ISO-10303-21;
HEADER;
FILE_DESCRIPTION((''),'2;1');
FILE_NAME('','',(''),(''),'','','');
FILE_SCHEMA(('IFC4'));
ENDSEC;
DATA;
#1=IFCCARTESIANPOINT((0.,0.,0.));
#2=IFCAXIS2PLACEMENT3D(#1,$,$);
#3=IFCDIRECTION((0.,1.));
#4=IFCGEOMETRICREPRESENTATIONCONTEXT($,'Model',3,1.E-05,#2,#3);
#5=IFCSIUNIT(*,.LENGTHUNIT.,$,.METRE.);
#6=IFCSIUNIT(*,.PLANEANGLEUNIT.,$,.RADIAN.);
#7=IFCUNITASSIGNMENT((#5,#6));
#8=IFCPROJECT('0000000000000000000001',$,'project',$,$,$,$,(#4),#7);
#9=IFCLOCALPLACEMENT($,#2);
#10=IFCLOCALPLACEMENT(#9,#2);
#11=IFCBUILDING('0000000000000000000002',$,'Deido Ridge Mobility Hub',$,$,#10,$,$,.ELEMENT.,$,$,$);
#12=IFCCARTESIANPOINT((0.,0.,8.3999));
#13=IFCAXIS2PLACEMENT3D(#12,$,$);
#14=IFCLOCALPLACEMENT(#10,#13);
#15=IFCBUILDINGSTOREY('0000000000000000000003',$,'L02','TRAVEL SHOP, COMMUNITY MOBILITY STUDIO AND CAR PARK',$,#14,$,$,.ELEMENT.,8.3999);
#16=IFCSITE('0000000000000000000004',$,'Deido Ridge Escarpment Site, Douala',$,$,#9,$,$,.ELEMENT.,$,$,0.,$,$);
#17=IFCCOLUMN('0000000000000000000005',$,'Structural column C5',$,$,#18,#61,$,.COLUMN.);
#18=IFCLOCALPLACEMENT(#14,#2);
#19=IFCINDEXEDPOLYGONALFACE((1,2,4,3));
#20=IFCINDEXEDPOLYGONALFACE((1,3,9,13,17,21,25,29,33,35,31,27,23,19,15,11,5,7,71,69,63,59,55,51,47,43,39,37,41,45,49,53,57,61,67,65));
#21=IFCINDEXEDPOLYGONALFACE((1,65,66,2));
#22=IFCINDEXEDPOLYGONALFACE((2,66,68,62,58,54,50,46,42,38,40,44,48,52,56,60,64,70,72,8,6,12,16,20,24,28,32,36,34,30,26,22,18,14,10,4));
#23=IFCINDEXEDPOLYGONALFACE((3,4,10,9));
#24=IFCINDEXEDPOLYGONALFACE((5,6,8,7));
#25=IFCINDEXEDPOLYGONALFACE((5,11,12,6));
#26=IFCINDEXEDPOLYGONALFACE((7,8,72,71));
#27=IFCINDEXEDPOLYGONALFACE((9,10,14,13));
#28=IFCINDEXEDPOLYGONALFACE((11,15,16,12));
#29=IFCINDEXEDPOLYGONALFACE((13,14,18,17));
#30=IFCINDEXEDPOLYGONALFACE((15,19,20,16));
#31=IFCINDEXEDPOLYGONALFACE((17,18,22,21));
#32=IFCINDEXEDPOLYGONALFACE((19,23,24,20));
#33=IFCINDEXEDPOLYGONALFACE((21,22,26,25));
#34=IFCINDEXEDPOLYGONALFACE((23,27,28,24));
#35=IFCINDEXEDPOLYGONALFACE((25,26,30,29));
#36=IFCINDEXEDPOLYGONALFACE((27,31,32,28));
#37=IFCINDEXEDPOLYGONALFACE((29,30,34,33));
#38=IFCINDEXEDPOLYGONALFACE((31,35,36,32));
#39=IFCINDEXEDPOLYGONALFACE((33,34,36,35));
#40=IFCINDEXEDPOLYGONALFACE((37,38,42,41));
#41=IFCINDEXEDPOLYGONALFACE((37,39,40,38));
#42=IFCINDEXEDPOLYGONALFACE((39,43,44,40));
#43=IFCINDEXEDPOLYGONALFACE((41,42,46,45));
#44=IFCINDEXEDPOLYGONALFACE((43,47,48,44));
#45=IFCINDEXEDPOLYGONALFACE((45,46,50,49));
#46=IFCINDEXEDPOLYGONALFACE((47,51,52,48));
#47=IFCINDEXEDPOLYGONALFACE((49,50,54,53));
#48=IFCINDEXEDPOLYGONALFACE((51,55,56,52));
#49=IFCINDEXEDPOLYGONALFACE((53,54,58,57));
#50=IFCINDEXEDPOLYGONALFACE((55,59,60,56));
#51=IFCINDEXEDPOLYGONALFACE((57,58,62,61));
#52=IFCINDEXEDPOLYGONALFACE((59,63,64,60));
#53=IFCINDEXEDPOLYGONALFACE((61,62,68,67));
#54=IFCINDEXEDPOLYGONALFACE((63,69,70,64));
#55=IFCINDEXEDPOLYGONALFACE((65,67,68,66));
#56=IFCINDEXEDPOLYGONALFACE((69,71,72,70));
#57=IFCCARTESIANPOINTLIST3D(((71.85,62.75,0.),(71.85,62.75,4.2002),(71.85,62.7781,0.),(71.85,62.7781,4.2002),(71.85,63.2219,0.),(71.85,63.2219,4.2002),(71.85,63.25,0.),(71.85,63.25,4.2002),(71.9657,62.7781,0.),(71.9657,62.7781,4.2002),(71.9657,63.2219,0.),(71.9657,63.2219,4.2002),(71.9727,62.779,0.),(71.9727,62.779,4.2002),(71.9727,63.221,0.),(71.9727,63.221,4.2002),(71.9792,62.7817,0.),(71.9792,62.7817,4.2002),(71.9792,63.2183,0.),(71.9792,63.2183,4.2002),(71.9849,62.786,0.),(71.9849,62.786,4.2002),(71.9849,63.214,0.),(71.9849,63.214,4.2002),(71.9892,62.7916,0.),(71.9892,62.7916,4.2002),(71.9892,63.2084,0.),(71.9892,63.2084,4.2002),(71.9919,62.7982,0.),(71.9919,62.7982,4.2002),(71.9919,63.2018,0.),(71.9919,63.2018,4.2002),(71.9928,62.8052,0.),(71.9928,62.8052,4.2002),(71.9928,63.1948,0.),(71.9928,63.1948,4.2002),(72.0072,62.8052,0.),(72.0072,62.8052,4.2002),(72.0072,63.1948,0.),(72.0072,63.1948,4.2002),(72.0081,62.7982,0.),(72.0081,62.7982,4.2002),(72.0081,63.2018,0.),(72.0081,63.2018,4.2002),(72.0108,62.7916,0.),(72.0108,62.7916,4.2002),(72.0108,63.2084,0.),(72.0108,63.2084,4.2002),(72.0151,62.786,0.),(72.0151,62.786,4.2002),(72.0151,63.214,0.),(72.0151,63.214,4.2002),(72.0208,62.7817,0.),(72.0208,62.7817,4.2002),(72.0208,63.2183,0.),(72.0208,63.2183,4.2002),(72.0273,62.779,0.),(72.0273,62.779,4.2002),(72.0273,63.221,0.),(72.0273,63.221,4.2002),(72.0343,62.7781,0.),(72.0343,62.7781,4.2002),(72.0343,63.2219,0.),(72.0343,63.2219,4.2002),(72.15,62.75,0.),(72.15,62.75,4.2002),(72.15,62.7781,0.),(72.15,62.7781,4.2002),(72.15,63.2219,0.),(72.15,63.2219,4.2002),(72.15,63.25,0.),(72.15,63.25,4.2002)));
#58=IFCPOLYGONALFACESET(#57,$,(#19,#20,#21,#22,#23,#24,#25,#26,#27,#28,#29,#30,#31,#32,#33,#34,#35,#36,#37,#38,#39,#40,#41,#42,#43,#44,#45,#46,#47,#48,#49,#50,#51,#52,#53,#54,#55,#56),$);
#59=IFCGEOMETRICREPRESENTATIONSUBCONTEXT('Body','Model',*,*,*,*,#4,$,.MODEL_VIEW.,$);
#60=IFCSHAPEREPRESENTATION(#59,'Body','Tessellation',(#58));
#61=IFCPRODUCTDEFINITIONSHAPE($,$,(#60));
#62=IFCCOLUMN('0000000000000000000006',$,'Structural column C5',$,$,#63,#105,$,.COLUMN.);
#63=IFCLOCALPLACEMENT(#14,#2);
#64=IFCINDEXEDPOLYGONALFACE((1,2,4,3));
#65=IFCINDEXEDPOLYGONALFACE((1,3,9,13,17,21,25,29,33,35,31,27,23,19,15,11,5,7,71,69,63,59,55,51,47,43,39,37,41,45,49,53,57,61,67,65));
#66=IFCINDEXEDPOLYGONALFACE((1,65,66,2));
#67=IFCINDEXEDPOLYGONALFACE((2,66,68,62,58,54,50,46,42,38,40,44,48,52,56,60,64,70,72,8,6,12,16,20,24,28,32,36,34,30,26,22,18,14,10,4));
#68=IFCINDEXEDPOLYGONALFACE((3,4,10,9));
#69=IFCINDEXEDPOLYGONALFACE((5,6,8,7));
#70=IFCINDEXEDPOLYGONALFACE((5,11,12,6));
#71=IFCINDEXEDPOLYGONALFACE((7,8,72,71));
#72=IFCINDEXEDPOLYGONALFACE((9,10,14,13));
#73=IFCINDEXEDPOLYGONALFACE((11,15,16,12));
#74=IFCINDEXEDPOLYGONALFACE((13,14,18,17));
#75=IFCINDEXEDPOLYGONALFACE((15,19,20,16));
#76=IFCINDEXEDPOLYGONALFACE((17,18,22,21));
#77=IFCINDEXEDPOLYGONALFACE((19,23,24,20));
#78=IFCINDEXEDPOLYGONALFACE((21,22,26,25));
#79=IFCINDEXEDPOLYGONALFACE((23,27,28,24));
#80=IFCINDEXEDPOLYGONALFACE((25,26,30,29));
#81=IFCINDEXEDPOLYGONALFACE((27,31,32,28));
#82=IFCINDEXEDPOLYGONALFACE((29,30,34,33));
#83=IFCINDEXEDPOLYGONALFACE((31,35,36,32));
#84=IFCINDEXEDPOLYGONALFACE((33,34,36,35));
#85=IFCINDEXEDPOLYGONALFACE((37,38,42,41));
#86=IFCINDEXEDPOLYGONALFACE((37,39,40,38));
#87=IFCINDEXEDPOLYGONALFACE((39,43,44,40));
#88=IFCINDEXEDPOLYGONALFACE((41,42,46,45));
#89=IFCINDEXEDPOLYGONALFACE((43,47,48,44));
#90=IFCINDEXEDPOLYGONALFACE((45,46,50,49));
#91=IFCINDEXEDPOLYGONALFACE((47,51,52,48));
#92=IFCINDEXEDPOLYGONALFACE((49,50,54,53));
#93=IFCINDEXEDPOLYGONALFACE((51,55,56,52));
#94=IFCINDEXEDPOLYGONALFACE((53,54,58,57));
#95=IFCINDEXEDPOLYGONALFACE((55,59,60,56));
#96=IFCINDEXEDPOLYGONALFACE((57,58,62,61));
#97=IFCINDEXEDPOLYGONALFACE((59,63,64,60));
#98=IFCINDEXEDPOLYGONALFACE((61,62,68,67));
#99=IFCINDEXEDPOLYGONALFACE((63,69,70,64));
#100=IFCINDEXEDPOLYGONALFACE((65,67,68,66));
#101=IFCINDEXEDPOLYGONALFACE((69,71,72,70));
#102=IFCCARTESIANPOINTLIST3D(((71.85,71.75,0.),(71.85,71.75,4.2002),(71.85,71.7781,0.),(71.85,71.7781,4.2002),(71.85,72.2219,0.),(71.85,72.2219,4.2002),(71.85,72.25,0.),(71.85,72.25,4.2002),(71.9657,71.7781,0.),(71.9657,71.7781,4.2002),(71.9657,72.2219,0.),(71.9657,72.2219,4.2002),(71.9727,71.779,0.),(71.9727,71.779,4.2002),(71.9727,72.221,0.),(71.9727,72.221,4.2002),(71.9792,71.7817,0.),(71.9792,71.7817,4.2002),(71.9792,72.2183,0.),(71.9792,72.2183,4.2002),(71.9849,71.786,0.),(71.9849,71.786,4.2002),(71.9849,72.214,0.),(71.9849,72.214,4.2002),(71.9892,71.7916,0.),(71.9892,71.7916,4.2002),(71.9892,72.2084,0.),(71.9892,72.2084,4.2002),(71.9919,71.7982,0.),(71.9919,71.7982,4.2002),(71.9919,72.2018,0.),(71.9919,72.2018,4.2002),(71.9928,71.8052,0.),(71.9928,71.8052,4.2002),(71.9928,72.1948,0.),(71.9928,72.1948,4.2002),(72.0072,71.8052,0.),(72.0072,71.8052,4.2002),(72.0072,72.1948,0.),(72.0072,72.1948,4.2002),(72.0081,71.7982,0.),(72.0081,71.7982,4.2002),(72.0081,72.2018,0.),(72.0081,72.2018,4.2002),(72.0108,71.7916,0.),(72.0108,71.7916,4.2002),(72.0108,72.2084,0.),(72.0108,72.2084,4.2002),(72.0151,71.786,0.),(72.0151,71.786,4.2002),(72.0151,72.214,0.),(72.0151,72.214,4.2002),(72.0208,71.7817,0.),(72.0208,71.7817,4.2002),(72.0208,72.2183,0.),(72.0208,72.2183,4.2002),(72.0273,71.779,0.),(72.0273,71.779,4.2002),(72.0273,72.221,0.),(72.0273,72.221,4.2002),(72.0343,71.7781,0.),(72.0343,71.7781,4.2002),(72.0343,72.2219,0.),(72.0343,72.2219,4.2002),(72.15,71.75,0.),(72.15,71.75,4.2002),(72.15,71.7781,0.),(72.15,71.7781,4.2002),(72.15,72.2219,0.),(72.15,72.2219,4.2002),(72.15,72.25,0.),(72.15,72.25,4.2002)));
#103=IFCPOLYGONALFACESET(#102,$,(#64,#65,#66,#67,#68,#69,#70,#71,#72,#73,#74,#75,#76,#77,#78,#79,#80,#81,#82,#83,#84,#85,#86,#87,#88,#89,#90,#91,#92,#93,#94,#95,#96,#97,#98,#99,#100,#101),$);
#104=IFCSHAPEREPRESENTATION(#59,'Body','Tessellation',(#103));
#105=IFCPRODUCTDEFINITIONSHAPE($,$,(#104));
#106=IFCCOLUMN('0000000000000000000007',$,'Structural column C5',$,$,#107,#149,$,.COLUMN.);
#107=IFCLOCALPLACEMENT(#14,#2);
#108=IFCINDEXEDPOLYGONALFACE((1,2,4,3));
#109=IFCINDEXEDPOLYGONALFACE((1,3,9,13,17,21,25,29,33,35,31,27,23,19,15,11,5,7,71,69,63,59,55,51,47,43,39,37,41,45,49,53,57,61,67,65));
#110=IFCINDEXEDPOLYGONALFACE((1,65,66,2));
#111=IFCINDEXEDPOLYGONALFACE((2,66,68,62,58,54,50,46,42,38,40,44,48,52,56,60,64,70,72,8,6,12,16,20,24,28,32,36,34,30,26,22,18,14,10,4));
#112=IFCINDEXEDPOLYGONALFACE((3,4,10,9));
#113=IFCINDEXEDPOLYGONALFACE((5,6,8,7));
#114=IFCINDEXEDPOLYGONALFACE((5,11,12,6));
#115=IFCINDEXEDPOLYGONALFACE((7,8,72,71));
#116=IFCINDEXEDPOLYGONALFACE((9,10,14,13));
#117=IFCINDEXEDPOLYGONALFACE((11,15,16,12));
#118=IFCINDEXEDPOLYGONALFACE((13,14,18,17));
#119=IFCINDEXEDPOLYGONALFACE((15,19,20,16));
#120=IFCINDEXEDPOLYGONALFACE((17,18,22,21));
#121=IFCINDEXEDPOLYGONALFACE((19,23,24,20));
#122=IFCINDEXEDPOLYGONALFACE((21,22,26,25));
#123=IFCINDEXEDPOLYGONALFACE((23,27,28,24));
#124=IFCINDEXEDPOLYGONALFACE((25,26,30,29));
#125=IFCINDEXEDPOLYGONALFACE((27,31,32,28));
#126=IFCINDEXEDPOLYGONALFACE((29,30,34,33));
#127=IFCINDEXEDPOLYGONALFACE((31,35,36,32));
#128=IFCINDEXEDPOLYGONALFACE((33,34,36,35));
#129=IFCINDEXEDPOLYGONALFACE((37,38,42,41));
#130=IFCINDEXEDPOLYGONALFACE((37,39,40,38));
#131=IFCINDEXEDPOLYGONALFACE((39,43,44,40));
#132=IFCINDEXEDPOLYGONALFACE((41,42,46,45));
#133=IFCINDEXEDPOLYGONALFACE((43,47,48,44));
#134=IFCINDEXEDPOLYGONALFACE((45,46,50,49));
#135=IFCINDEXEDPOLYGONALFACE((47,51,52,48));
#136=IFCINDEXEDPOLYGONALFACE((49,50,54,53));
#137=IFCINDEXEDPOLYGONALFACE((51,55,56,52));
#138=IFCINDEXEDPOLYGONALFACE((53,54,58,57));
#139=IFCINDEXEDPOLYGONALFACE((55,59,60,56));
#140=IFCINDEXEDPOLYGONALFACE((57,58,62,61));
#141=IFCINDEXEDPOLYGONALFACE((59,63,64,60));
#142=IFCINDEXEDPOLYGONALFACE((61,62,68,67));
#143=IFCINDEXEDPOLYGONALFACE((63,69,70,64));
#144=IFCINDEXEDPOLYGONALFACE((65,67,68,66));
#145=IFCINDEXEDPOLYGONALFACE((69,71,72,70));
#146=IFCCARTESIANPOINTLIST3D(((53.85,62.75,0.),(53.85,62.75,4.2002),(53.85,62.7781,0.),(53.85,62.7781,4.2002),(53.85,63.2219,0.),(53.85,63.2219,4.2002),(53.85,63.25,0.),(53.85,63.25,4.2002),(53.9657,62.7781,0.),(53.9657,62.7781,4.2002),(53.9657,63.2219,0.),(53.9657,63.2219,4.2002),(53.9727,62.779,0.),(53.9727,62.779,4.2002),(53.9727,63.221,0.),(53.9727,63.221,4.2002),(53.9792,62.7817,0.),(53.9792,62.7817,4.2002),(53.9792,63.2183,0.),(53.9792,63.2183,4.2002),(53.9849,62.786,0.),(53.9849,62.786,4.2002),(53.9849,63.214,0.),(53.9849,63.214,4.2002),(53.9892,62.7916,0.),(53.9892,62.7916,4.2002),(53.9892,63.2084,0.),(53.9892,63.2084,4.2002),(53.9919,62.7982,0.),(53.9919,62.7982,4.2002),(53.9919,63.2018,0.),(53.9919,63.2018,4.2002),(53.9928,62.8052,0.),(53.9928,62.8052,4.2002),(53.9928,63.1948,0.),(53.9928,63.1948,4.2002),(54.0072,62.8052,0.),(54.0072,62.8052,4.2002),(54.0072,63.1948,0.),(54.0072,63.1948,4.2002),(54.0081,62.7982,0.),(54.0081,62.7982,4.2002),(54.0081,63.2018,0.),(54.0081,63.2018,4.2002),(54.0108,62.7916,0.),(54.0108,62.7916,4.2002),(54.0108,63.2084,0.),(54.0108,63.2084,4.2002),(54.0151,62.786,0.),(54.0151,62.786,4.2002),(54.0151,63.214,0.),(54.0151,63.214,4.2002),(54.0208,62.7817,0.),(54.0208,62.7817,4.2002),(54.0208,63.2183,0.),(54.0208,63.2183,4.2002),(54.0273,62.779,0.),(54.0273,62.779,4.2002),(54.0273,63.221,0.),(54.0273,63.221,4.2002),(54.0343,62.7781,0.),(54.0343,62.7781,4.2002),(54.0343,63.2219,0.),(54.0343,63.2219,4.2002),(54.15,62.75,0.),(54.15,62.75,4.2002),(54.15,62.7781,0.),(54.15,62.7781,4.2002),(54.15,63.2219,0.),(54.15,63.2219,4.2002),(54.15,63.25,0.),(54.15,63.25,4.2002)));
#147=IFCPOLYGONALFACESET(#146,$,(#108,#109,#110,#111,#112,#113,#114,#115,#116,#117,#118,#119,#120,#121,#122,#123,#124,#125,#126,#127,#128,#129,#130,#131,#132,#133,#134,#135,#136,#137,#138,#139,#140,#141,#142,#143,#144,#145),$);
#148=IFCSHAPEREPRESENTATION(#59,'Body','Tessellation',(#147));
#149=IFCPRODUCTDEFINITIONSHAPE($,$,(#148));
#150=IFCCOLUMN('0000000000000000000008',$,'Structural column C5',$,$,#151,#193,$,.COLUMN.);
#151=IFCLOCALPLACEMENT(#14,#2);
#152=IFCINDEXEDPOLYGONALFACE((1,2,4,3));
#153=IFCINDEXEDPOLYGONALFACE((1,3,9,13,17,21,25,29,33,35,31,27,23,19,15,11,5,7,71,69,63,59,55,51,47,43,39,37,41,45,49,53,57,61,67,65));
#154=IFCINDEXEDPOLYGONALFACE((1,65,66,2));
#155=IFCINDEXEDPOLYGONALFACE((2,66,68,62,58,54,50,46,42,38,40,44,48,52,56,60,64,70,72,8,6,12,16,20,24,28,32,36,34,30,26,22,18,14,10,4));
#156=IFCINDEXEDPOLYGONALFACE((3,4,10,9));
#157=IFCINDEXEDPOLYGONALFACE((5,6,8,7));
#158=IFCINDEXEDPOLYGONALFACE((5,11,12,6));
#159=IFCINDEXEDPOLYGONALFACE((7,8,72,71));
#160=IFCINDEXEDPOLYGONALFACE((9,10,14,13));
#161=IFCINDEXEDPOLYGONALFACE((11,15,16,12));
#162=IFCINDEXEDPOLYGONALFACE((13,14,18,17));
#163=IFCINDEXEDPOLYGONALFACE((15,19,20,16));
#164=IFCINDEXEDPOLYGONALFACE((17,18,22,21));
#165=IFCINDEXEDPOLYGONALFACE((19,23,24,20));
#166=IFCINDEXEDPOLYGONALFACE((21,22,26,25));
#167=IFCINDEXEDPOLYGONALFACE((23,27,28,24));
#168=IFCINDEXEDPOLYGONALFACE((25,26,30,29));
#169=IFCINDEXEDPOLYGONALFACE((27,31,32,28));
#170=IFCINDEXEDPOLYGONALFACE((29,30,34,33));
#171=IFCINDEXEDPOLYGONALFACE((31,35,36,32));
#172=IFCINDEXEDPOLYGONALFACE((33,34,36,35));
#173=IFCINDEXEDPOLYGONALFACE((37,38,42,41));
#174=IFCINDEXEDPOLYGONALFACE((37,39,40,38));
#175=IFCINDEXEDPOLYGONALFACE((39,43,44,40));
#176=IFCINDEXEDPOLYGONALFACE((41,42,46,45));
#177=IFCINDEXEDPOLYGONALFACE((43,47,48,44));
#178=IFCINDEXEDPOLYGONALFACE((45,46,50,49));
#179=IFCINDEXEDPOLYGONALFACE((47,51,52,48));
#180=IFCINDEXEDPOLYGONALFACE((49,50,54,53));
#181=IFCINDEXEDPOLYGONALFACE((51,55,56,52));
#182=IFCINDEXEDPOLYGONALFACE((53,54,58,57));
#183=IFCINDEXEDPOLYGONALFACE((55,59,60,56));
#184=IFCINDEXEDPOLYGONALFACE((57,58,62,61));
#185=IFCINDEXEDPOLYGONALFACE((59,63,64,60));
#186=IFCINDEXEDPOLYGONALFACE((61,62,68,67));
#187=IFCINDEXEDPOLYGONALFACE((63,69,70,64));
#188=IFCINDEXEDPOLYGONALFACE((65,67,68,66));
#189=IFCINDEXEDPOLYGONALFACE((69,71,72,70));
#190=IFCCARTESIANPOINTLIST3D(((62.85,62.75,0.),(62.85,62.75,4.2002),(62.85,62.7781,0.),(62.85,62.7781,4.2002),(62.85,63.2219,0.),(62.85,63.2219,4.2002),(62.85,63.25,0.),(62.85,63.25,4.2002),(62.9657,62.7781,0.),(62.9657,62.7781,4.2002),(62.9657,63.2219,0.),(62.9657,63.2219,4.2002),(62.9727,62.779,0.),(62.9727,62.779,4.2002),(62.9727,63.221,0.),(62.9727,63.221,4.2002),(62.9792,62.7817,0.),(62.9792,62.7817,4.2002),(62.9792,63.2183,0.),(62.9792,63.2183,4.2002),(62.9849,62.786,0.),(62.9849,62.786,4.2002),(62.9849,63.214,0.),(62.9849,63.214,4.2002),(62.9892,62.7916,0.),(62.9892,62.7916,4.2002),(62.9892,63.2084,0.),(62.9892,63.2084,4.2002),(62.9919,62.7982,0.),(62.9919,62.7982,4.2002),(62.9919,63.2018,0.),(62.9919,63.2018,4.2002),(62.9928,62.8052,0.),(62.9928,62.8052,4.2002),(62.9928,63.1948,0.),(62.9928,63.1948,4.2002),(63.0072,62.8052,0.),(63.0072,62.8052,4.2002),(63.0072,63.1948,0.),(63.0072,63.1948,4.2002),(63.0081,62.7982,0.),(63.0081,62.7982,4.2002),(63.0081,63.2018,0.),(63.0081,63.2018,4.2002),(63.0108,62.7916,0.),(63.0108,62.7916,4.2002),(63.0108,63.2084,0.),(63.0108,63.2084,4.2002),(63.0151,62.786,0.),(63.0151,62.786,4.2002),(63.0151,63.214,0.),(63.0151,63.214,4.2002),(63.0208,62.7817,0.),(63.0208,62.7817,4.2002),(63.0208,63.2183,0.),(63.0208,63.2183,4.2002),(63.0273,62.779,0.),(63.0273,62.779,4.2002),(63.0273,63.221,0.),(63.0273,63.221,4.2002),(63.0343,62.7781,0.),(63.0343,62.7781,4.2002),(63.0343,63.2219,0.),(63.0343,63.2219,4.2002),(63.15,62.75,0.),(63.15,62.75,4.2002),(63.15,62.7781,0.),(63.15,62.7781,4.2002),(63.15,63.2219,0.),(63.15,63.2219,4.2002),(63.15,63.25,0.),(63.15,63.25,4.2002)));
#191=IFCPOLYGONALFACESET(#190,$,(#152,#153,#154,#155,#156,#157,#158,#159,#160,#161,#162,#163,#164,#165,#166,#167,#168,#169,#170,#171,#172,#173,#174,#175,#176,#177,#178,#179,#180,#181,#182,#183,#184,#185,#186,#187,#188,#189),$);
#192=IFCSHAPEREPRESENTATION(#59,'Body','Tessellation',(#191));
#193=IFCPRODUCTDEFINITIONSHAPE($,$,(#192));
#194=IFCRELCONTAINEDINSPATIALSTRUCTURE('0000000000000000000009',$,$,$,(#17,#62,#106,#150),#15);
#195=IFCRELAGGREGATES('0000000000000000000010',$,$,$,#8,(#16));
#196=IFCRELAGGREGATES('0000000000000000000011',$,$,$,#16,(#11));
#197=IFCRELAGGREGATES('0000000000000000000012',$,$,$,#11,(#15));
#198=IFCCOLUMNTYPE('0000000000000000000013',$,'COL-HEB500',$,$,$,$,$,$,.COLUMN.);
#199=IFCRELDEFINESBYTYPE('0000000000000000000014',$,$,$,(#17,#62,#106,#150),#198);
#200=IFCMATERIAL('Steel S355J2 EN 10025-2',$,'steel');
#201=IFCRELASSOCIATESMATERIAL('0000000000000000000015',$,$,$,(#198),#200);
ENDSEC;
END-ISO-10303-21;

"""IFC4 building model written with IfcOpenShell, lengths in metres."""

from ifc_helpers import new_model, si_unit, direction, frame, origin, origin_2d, place, context, subcontext, project, spatial, i_section, extrude, material, material_profile, profile_set, type_object, element, save


model = new_model("IFC4")

# Units and contexts
model_context = context("Model", 3, precision=1e-05, world=origin(), true_north=direction((0.0, 1.0)))
body_context = subcontext(model_context, "Body", "Model", "MODEL_VIEW")
ifc_project = project(units=[si_unit("LENGTHUNIT", "METRE"), si_unit("PLANEANGLEUNIT", "RADIAN")], contexts=[model_context])

# Site, building, storey
site_placement = place(None, origin())
site = spatial("IfcSite", under=ifc_project, at=site_placement, Name="Deido Ridge Escarpment Site, Douala", CompositionType="ELEMENT", RefElevation=0.0)
building_placement = place(site_placement, origin())
building = spatial("IfcBuilding", under=site, at=building_placement, Name="Deido Ridge Mobility Hub", CompositionType="ELEMENT")
storey_placement = place(building_placement, frame((0.0, 0.0, 8.3999)))
storey = spatial("IfcBuildingStorey", under=building, at=storey_placement, Name="L02", Description="TRAVEL SHOP, COMMUNITY MOBILITY STUDIO AND CAR PARK", CompositionType="ELEMENT", Elevation=8.3999)

# Columns
ifc_material_1 = material(Name="Steel S355J2 EN 10025-2", Category="steel")
ifc_material_profile_1 = material_profile(ifc_material_1, i_section(OverallWidth=0.3, OverallDepth=0.5, WebThickness=0.0144, FlangeThickness=0.0281, FilletRadius=0.0271, at=origin_2d()), Name="HEB 500")
ifc_profile_set_1 = profile_set([ifc_material_profile_1], Name="Steel S355J2 EN 10025-2")
column_type = type_object("IfcColumnType", Name="COL-HEB500", PredefinedType="COLUMN", material=ifc_profile_set_1)
for number, where, z_axis, x_axis, name in (
    (1, (72.0, 63.0, 0.0), (0.0, 0.0, 1.0), (1.0, 0.0, 0.0), "Structural column C5"),
    (2, (72.0, 72.0, 0.0), (0.0, 0.0, 1.0), (1.0, 0.0, 0.0), "Structural column C5"),
    (3, (54.0, 63.0, 0.0), (0.0, 0.0, 1.0), (1.0, 0.0, 0.0), "Structural column C5"),
    (4, (63.0, 63.0, 0.0), (0.0, 0.0, 1.0), (1.0, 0.0, 0.0), "Structural column C5"),
):
    element("IfcColumn", number, at=place(storey_placement, frame(where, z_axis=z_axis, x_axis=x_axis)), inside=storey, type_object=column_type, Name=name, PredefinedType="COLUMN", context=body_context, shape_type="SweptSolid", body=[
        extrude(i_section(OverallWidth=0.3, OverallDepth=0.5, WebThickness=0.0144, FlangeThickness=0.0281, FilletRadius=0.0271, at=origin_2d()), origin(), (0.0, 0.0, 1.0), 4.2002),
    ])

save(model, "model.ifc")
